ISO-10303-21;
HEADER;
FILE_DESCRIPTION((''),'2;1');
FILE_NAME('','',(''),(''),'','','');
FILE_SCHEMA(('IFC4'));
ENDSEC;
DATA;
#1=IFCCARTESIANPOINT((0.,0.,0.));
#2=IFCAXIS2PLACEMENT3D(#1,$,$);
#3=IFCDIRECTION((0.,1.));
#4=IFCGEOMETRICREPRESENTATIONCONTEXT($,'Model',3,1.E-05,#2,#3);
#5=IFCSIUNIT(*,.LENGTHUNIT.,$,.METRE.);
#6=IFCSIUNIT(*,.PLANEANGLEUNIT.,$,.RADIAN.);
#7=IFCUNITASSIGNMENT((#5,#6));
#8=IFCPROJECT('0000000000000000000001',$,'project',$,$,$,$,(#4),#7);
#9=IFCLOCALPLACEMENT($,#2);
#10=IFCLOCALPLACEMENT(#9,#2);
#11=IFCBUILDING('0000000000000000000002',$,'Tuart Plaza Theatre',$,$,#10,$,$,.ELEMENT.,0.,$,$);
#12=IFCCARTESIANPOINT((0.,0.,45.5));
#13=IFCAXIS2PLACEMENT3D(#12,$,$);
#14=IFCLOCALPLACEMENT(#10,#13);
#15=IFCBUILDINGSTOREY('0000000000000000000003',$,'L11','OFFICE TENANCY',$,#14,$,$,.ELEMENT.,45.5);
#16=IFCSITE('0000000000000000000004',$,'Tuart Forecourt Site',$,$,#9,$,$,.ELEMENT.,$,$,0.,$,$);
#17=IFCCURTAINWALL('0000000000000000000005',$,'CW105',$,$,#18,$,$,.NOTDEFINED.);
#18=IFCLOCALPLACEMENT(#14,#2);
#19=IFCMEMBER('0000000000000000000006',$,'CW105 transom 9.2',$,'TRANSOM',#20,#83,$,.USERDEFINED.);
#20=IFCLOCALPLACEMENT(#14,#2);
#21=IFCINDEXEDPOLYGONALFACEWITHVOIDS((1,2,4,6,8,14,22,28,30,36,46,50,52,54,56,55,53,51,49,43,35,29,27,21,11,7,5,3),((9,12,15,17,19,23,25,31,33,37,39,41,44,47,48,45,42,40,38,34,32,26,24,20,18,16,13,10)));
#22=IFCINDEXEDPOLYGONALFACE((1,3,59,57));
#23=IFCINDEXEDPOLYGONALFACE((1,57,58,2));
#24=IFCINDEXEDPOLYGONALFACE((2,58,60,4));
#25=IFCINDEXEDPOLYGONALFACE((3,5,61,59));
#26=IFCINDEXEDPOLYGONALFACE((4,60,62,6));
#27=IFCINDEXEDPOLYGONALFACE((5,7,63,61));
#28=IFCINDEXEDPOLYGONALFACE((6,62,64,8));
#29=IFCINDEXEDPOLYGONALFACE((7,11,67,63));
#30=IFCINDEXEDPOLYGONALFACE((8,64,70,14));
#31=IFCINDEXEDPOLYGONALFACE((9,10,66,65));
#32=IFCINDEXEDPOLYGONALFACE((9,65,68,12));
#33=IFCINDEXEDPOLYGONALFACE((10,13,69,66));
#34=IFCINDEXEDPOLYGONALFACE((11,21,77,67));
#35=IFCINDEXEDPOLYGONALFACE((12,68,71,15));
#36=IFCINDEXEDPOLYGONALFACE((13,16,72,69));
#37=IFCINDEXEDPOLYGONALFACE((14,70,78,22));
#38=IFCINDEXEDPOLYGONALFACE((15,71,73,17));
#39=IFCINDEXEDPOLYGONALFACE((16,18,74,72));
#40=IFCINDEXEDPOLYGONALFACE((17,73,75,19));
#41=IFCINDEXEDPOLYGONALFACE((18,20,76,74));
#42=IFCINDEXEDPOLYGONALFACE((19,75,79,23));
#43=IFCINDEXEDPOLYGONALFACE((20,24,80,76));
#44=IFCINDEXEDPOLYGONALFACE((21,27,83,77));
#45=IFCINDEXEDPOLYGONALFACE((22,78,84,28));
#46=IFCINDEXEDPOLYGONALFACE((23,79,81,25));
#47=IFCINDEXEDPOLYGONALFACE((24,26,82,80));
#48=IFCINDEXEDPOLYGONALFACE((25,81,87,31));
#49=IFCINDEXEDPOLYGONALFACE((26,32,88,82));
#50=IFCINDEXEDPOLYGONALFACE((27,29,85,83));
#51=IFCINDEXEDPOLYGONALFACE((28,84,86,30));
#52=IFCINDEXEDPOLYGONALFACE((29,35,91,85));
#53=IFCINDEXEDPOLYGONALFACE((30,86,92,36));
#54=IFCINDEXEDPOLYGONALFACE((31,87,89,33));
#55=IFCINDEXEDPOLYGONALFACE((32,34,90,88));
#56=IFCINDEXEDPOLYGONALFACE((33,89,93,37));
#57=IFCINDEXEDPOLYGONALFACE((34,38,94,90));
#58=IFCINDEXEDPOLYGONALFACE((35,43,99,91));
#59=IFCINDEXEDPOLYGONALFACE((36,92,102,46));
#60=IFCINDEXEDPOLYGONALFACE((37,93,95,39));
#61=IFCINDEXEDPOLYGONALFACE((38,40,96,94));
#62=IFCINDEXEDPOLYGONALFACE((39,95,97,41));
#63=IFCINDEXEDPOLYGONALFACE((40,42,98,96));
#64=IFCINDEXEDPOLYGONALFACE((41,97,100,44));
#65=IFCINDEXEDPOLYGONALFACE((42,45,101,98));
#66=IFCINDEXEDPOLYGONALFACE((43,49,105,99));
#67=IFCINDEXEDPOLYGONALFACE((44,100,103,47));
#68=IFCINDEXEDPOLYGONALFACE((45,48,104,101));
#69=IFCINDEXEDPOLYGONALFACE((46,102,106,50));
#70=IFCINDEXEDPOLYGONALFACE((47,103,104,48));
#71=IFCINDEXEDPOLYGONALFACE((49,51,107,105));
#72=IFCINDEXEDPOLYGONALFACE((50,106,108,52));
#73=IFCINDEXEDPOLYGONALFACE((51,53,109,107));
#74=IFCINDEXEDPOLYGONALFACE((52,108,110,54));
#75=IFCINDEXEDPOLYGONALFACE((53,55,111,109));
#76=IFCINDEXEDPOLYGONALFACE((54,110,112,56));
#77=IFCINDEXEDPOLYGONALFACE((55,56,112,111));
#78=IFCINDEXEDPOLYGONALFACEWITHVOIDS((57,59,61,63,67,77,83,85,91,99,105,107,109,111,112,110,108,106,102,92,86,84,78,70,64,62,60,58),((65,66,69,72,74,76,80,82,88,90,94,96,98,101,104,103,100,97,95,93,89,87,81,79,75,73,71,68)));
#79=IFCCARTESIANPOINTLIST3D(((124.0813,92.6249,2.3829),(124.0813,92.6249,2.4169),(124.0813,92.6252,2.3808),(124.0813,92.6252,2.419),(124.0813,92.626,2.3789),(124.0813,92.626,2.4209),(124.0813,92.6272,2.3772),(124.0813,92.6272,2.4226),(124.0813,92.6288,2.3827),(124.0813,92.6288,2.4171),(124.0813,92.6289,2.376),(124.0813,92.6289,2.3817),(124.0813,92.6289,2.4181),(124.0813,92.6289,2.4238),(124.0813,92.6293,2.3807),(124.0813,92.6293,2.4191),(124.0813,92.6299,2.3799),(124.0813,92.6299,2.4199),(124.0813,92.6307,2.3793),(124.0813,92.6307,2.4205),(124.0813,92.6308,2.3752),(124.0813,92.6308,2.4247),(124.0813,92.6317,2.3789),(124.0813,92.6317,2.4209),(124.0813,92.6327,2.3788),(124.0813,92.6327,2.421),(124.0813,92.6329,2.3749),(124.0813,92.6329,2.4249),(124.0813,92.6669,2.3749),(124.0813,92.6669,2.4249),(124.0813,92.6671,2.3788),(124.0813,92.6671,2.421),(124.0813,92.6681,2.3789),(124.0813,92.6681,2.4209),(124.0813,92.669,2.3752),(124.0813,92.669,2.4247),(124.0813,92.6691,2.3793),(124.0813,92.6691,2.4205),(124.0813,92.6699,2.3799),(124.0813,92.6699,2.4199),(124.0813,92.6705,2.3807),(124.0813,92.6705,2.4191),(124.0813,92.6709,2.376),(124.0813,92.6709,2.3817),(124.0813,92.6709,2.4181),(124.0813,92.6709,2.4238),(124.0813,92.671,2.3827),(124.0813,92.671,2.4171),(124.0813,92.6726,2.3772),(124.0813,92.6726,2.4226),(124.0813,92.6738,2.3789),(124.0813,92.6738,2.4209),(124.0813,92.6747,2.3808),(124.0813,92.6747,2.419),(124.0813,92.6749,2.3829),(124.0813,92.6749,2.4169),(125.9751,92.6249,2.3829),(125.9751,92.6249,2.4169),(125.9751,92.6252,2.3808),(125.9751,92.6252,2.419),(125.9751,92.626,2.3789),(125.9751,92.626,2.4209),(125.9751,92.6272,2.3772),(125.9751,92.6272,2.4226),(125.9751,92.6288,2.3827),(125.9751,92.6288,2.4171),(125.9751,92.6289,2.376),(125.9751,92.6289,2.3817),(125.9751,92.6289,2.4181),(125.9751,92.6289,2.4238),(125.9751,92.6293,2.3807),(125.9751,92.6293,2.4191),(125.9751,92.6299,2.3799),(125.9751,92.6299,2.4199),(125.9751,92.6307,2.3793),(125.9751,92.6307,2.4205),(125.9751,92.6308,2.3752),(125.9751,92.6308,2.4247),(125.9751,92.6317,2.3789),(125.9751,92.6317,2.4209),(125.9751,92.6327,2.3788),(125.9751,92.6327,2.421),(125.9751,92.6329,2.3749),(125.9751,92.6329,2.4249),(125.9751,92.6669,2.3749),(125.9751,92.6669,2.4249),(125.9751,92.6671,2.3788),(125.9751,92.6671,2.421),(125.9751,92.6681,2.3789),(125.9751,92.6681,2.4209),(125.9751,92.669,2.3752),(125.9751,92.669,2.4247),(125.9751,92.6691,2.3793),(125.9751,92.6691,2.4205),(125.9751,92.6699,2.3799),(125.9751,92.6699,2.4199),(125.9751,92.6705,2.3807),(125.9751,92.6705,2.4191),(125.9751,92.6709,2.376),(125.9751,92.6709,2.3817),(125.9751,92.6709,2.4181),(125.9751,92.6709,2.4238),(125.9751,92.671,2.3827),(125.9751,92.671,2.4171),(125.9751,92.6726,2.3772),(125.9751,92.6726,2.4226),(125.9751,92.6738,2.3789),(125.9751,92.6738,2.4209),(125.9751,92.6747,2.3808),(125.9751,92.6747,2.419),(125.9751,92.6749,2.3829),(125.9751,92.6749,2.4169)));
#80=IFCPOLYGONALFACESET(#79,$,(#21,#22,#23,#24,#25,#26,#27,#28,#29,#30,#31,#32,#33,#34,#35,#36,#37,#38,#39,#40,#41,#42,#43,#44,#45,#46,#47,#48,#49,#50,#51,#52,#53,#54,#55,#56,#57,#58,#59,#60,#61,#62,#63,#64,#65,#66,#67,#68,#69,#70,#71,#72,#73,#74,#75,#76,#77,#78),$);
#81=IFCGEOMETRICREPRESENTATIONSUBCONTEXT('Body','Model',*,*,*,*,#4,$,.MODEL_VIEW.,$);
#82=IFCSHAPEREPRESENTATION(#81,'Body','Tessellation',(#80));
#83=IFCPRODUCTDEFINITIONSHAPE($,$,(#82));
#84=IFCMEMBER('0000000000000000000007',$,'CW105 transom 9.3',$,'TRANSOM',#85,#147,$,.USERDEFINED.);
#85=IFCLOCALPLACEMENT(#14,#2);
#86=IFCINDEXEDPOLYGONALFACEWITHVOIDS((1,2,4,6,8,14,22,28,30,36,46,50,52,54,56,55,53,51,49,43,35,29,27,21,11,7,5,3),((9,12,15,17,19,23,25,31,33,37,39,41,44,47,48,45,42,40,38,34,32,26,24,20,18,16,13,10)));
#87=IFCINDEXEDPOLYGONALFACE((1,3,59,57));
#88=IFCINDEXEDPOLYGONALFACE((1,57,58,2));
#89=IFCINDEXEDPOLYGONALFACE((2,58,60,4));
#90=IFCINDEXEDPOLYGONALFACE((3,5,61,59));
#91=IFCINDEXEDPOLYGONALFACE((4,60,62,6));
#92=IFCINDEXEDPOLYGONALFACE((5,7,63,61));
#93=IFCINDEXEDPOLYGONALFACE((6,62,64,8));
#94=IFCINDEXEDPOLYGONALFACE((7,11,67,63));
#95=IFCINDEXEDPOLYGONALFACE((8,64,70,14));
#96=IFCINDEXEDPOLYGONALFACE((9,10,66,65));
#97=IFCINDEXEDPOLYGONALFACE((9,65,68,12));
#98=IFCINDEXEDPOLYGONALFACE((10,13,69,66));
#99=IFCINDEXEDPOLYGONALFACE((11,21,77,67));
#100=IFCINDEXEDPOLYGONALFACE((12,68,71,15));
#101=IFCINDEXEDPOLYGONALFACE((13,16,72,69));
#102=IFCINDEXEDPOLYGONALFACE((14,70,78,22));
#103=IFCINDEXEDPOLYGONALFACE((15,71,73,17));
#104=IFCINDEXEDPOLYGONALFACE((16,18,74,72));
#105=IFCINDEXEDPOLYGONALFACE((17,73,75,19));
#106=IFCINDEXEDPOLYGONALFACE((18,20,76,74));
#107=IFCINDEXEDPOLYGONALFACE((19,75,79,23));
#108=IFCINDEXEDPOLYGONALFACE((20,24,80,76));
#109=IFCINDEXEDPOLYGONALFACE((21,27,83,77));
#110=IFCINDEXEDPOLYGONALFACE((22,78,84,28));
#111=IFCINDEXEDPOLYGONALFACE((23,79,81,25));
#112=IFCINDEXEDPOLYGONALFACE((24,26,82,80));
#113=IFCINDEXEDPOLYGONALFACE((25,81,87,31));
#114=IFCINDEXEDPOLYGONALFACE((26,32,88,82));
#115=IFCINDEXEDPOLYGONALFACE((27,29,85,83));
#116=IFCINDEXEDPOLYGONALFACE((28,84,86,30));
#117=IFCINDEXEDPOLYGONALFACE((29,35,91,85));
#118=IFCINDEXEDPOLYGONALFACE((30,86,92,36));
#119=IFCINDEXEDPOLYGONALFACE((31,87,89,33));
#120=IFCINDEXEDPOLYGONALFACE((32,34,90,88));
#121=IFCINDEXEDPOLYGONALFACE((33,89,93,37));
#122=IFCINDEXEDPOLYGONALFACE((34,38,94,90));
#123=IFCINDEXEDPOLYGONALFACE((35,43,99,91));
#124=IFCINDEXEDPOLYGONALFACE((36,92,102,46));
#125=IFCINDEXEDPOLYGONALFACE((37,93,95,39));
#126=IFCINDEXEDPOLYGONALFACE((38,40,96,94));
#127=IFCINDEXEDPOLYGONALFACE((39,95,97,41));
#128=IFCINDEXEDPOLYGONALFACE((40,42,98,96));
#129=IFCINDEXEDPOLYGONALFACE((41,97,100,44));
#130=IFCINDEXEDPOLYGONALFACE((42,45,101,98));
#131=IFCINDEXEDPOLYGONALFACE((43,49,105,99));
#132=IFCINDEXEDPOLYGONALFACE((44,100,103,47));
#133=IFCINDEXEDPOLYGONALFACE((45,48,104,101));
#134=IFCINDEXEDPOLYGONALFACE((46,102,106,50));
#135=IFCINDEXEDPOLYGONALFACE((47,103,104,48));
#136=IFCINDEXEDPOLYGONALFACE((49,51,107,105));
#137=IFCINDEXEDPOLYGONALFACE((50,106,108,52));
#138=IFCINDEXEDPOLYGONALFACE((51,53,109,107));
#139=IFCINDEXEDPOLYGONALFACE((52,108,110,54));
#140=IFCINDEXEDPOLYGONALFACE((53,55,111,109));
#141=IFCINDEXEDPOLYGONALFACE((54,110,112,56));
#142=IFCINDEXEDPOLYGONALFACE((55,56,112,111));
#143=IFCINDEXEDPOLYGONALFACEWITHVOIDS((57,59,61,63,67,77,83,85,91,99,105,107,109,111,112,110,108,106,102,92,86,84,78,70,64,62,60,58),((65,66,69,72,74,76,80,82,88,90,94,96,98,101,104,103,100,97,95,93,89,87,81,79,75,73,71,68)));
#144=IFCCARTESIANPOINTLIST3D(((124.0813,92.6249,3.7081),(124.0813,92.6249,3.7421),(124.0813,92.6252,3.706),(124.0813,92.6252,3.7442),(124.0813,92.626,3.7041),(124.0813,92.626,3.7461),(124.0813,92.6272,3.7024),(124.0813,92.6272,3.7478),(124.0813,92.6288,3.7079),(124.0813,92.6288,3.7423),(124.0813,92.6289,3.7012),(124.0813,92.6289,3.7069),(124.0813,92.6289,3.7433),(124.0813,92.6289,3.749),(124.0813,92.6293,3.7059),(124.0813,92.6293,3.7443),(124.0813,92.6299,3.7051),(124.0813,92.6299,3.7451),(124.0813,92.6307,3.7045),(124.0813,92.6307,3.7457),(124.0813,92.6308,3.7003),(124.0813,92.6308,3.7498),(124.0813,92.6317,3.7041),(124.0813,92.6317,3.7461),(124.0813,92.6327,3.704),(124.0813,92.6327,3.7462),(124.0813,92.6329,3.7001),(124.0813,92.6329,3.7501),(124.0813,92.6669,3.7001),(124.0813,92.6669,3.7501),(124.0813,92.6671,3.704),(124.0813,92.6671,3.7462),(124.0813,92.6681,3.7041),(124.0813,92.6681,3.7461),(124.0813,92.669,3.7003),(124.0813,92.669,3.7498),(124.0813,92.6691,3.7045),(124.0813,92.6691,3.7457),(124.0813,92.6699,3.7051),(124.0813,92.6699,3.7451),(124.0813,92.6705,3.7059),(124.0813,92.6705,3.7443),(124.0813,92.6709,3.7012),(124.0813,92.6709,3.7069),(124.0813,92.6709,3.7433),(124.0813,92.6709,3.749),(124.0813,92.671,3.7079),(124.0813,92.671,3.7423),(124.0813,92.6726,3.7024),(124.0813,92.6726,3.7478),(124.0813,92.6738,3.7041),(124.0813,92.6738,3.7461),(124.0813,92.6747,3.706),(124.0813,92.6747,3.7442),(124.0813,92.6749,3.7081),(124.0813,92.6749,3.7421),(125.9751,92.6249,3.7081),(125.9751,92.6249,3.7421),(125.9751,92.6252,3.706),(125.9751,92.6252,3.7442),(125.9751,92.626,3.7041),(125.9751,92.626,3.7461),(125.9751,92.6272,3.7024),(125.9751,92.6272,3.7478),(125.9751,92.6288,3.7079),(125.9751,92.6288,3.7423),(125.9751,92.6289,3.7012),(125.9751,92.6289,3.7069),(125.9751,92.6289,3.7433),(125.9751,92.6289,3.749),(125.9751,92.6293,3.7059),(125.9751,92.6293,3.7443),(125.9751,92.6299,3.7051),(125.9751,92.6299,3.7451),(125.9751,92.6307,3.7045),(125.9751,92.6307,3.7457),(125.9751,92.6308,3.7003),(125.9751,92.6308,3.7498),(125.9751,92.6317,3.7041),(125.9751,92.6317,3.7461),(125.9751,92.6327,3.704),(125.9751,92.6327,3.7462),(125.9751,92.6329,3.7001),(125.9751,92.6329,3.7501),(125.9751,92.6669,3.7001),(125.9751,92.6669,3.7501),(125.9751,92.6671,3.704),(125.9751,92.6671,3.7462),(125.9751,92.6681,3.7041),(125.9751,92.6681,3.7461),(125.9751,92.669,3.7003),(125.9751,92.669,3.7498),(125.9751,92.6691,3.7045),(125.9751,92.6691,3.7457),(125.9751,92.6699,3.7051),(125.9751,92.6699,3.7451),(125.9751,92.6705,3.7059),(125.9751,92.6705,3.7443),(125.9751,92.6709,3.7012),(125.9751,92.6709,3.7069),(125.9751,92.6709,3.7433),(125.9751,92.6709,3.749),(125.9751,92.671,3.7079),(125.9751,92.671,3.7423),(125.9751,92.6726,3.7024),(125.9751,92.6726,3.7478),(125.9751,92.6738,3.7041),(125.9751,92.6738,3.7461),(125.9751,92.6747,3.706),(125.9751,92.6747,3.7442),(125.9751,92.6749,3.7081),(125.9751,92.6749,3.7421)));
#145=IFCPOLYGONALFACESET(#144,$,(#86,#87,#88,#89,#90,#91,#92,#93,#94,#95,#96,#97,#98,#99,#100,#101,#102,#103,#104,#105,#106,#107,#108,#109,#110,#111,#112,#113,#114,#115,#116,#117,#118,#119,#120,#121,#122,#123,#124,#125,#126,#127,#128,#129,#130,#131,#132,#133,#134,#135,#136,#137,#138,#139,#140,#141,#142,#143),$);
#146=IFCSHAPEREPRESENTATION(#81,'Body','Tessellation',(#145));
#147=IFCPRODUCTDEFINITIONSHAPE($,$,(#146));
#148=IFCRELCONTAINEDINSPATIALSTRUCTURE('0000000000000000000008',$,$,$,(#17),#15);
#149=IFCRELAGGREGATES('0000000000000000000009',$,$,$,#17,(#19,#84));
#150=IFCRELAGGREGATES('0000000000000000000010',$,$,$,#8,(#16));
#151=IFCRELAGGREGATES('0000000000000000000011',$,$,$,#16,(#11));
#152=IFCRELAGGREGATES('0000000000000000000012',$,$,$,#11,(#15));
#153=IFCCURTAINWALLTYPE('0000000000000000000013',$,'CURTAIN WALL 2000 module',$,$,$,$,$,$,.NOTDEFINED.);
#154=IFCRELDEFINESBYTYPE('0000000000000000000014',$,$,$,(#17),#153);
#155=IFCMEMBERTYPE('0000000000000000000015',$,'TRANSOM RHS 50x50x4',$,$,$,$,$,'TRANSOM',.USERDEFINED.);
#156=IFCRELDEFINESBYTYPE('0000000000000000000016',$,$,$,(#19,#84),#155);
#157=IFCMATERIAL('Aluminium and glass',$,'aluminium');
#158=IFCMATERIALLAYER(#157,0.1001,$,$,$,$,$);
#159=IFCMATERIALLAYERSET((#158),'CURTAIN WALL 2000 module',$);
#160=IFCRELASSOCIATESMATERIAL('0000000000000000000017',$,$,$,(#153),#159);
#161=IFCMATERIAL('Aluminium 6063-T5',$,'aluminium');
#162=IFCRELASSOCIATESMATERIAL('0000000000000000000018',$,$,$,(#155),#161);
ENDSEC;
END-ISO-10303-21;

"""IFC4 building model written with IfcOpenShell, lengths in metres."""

from ifc_helpers import new_model, si_unit, direction, frame, origin, origin_2d, place, context, subcontext, project, spatial, hollow_rectangle, extrude, material, layer, layer_set, material_profile, profile_set, type_object, element, aggregate, save


model = new_model("IFC4")

# Units and contexts
model_context = context("Model", 3, precision=1e-05, world=origin(), true_north=direction((0.0, 1.0)))
body_context = subcontext(model_context, "Body", "Model", "MODEL_VIEW")
ifc_project = project(units=[si_unit("LENGTHUNIT", "METRE"), si_unit("PLANEANGLEUNIT", "RADIAN")], contexts=[model_context])

# Site, building, storey
site_placement = place(None, origin())
site = spatial("IfcSite", under=ifc_project, at=site_placement, Name="Tuart Forecourt Site", CompositionType="ELEMENT", RefElevation=0.0)
building_placement = place(site_placement, origin())
building = spatial("IfcBuilding", under=site, at=building_placement, Name="Tuart Plaza Theatre", CompositionType="ELEMENT", ElevationOfRefHeight=0.0)
storey_placement = place(building_placement, frame((0.0, 0.0, 45.5)))
storey = spatial("IfcBuildingStorey", under=building, at=storey_placement, Name="L11", Description="OFFICE TENANCY", CompositionType="ELEMENT", Elevation=45.5)

# Curtain wall, members
ifc_material_1 = material(Name="Aluminium and glass", Category="aluminium")
ifc_layer_1 = layer(ifc_material_1, 0.1001)
ifc_layer_set_1 = layer_set([ifc_layer_1], Name="CURTAIN WALL 2000 module")
curtain_wall_type = type_object("IfcCurtainWallType", Name="CURTAIN WALL 2000 module", PredefinedType="NOTDEFINED", material=ifc_layer_set_1)
curtain_wall_placement = place(storey_placement, origin())
curtain_wall = element("IfcCurtainWall", 1, at=curtain_wall_placement, inside=storey, type_object=curtain_wall_type, Name="CW105", PredefinedType="NOTDEFINED")
ifc_material_2 = material(Name="Aluminium 6063-T5", Category="aluminium")
ifc_material_profile_1 = material_profile(ifc_material_2, hollow_rectangle(XDim=0.05, YDim=0.05, WallThickness=0.0039, InnerFilletRadius=0.0039, OuterFilletRadius=0.0081, at=origin_2d()), Name="RHS 50x50x4")
ifc_profile_set_1 = profile_set([ifc_material_profile_1], Name="Aluminium 6063-T5")
member_type_1 = type_object("IfcMemberType", Name="TRANSOM RHS 50x50x4", ElementType="TRANSOM", PredefinedType="USERDEFINED", material=ifc_profile_set_1)
member_1_placement = place(storey_placement, frame((125.9751, 92.6499, 2.3999), z_axis=(-1.0, 0.0, 0.0), x_axis=(0.0, -1.0, 0.0)))
member_1 = element("IfcMember", 2, at=member_1_placement, type_object=member_type_1, Name="CW105 transom 9.2", ObjectType="TRANSOM", PredefinedType="USERDEFINED", context=body_context, shape_type="SweptSolid", body=[
    extrude(hollow_rectangle(XDim=0.05, YDim=0.05, WallThickness=0.0039, InnerFilletRadius=0.0039, OuterFilletRadius=0.0081, at=origin_2d()), origin(), (0.0, 0.0, 1.0), 1.8938),
])
member_2_placement = place(storey_placement, frame((125.9751, 92.6499, 3.7251), z_axis=(-1.0, 0.0, 0.0), x_axis=(0.0, -1.0, 0.0)))
member_2 = element("IfcMember", 3, at=member_2_placement, type_object=member_type_1, Name="CW105 transom 9.3", ObjectType="TRANSOM", PredefinedType="USERDEFINED", context=body_context, shape_type="SweptSolid", body=[
    extrude(hollow_rectangle(XDim=0.05, YDim=0.05, WallThickness=0.0039, InnerFilletRadius=0.0039, OuterFilletRadius=0.0081, at=origin_2d()), origin(), (0.0, 0.0, 1.0), 1.8938),
])
aggregate(curtain_wall, [member_1, member_2])

save(model, "model.ifc")
